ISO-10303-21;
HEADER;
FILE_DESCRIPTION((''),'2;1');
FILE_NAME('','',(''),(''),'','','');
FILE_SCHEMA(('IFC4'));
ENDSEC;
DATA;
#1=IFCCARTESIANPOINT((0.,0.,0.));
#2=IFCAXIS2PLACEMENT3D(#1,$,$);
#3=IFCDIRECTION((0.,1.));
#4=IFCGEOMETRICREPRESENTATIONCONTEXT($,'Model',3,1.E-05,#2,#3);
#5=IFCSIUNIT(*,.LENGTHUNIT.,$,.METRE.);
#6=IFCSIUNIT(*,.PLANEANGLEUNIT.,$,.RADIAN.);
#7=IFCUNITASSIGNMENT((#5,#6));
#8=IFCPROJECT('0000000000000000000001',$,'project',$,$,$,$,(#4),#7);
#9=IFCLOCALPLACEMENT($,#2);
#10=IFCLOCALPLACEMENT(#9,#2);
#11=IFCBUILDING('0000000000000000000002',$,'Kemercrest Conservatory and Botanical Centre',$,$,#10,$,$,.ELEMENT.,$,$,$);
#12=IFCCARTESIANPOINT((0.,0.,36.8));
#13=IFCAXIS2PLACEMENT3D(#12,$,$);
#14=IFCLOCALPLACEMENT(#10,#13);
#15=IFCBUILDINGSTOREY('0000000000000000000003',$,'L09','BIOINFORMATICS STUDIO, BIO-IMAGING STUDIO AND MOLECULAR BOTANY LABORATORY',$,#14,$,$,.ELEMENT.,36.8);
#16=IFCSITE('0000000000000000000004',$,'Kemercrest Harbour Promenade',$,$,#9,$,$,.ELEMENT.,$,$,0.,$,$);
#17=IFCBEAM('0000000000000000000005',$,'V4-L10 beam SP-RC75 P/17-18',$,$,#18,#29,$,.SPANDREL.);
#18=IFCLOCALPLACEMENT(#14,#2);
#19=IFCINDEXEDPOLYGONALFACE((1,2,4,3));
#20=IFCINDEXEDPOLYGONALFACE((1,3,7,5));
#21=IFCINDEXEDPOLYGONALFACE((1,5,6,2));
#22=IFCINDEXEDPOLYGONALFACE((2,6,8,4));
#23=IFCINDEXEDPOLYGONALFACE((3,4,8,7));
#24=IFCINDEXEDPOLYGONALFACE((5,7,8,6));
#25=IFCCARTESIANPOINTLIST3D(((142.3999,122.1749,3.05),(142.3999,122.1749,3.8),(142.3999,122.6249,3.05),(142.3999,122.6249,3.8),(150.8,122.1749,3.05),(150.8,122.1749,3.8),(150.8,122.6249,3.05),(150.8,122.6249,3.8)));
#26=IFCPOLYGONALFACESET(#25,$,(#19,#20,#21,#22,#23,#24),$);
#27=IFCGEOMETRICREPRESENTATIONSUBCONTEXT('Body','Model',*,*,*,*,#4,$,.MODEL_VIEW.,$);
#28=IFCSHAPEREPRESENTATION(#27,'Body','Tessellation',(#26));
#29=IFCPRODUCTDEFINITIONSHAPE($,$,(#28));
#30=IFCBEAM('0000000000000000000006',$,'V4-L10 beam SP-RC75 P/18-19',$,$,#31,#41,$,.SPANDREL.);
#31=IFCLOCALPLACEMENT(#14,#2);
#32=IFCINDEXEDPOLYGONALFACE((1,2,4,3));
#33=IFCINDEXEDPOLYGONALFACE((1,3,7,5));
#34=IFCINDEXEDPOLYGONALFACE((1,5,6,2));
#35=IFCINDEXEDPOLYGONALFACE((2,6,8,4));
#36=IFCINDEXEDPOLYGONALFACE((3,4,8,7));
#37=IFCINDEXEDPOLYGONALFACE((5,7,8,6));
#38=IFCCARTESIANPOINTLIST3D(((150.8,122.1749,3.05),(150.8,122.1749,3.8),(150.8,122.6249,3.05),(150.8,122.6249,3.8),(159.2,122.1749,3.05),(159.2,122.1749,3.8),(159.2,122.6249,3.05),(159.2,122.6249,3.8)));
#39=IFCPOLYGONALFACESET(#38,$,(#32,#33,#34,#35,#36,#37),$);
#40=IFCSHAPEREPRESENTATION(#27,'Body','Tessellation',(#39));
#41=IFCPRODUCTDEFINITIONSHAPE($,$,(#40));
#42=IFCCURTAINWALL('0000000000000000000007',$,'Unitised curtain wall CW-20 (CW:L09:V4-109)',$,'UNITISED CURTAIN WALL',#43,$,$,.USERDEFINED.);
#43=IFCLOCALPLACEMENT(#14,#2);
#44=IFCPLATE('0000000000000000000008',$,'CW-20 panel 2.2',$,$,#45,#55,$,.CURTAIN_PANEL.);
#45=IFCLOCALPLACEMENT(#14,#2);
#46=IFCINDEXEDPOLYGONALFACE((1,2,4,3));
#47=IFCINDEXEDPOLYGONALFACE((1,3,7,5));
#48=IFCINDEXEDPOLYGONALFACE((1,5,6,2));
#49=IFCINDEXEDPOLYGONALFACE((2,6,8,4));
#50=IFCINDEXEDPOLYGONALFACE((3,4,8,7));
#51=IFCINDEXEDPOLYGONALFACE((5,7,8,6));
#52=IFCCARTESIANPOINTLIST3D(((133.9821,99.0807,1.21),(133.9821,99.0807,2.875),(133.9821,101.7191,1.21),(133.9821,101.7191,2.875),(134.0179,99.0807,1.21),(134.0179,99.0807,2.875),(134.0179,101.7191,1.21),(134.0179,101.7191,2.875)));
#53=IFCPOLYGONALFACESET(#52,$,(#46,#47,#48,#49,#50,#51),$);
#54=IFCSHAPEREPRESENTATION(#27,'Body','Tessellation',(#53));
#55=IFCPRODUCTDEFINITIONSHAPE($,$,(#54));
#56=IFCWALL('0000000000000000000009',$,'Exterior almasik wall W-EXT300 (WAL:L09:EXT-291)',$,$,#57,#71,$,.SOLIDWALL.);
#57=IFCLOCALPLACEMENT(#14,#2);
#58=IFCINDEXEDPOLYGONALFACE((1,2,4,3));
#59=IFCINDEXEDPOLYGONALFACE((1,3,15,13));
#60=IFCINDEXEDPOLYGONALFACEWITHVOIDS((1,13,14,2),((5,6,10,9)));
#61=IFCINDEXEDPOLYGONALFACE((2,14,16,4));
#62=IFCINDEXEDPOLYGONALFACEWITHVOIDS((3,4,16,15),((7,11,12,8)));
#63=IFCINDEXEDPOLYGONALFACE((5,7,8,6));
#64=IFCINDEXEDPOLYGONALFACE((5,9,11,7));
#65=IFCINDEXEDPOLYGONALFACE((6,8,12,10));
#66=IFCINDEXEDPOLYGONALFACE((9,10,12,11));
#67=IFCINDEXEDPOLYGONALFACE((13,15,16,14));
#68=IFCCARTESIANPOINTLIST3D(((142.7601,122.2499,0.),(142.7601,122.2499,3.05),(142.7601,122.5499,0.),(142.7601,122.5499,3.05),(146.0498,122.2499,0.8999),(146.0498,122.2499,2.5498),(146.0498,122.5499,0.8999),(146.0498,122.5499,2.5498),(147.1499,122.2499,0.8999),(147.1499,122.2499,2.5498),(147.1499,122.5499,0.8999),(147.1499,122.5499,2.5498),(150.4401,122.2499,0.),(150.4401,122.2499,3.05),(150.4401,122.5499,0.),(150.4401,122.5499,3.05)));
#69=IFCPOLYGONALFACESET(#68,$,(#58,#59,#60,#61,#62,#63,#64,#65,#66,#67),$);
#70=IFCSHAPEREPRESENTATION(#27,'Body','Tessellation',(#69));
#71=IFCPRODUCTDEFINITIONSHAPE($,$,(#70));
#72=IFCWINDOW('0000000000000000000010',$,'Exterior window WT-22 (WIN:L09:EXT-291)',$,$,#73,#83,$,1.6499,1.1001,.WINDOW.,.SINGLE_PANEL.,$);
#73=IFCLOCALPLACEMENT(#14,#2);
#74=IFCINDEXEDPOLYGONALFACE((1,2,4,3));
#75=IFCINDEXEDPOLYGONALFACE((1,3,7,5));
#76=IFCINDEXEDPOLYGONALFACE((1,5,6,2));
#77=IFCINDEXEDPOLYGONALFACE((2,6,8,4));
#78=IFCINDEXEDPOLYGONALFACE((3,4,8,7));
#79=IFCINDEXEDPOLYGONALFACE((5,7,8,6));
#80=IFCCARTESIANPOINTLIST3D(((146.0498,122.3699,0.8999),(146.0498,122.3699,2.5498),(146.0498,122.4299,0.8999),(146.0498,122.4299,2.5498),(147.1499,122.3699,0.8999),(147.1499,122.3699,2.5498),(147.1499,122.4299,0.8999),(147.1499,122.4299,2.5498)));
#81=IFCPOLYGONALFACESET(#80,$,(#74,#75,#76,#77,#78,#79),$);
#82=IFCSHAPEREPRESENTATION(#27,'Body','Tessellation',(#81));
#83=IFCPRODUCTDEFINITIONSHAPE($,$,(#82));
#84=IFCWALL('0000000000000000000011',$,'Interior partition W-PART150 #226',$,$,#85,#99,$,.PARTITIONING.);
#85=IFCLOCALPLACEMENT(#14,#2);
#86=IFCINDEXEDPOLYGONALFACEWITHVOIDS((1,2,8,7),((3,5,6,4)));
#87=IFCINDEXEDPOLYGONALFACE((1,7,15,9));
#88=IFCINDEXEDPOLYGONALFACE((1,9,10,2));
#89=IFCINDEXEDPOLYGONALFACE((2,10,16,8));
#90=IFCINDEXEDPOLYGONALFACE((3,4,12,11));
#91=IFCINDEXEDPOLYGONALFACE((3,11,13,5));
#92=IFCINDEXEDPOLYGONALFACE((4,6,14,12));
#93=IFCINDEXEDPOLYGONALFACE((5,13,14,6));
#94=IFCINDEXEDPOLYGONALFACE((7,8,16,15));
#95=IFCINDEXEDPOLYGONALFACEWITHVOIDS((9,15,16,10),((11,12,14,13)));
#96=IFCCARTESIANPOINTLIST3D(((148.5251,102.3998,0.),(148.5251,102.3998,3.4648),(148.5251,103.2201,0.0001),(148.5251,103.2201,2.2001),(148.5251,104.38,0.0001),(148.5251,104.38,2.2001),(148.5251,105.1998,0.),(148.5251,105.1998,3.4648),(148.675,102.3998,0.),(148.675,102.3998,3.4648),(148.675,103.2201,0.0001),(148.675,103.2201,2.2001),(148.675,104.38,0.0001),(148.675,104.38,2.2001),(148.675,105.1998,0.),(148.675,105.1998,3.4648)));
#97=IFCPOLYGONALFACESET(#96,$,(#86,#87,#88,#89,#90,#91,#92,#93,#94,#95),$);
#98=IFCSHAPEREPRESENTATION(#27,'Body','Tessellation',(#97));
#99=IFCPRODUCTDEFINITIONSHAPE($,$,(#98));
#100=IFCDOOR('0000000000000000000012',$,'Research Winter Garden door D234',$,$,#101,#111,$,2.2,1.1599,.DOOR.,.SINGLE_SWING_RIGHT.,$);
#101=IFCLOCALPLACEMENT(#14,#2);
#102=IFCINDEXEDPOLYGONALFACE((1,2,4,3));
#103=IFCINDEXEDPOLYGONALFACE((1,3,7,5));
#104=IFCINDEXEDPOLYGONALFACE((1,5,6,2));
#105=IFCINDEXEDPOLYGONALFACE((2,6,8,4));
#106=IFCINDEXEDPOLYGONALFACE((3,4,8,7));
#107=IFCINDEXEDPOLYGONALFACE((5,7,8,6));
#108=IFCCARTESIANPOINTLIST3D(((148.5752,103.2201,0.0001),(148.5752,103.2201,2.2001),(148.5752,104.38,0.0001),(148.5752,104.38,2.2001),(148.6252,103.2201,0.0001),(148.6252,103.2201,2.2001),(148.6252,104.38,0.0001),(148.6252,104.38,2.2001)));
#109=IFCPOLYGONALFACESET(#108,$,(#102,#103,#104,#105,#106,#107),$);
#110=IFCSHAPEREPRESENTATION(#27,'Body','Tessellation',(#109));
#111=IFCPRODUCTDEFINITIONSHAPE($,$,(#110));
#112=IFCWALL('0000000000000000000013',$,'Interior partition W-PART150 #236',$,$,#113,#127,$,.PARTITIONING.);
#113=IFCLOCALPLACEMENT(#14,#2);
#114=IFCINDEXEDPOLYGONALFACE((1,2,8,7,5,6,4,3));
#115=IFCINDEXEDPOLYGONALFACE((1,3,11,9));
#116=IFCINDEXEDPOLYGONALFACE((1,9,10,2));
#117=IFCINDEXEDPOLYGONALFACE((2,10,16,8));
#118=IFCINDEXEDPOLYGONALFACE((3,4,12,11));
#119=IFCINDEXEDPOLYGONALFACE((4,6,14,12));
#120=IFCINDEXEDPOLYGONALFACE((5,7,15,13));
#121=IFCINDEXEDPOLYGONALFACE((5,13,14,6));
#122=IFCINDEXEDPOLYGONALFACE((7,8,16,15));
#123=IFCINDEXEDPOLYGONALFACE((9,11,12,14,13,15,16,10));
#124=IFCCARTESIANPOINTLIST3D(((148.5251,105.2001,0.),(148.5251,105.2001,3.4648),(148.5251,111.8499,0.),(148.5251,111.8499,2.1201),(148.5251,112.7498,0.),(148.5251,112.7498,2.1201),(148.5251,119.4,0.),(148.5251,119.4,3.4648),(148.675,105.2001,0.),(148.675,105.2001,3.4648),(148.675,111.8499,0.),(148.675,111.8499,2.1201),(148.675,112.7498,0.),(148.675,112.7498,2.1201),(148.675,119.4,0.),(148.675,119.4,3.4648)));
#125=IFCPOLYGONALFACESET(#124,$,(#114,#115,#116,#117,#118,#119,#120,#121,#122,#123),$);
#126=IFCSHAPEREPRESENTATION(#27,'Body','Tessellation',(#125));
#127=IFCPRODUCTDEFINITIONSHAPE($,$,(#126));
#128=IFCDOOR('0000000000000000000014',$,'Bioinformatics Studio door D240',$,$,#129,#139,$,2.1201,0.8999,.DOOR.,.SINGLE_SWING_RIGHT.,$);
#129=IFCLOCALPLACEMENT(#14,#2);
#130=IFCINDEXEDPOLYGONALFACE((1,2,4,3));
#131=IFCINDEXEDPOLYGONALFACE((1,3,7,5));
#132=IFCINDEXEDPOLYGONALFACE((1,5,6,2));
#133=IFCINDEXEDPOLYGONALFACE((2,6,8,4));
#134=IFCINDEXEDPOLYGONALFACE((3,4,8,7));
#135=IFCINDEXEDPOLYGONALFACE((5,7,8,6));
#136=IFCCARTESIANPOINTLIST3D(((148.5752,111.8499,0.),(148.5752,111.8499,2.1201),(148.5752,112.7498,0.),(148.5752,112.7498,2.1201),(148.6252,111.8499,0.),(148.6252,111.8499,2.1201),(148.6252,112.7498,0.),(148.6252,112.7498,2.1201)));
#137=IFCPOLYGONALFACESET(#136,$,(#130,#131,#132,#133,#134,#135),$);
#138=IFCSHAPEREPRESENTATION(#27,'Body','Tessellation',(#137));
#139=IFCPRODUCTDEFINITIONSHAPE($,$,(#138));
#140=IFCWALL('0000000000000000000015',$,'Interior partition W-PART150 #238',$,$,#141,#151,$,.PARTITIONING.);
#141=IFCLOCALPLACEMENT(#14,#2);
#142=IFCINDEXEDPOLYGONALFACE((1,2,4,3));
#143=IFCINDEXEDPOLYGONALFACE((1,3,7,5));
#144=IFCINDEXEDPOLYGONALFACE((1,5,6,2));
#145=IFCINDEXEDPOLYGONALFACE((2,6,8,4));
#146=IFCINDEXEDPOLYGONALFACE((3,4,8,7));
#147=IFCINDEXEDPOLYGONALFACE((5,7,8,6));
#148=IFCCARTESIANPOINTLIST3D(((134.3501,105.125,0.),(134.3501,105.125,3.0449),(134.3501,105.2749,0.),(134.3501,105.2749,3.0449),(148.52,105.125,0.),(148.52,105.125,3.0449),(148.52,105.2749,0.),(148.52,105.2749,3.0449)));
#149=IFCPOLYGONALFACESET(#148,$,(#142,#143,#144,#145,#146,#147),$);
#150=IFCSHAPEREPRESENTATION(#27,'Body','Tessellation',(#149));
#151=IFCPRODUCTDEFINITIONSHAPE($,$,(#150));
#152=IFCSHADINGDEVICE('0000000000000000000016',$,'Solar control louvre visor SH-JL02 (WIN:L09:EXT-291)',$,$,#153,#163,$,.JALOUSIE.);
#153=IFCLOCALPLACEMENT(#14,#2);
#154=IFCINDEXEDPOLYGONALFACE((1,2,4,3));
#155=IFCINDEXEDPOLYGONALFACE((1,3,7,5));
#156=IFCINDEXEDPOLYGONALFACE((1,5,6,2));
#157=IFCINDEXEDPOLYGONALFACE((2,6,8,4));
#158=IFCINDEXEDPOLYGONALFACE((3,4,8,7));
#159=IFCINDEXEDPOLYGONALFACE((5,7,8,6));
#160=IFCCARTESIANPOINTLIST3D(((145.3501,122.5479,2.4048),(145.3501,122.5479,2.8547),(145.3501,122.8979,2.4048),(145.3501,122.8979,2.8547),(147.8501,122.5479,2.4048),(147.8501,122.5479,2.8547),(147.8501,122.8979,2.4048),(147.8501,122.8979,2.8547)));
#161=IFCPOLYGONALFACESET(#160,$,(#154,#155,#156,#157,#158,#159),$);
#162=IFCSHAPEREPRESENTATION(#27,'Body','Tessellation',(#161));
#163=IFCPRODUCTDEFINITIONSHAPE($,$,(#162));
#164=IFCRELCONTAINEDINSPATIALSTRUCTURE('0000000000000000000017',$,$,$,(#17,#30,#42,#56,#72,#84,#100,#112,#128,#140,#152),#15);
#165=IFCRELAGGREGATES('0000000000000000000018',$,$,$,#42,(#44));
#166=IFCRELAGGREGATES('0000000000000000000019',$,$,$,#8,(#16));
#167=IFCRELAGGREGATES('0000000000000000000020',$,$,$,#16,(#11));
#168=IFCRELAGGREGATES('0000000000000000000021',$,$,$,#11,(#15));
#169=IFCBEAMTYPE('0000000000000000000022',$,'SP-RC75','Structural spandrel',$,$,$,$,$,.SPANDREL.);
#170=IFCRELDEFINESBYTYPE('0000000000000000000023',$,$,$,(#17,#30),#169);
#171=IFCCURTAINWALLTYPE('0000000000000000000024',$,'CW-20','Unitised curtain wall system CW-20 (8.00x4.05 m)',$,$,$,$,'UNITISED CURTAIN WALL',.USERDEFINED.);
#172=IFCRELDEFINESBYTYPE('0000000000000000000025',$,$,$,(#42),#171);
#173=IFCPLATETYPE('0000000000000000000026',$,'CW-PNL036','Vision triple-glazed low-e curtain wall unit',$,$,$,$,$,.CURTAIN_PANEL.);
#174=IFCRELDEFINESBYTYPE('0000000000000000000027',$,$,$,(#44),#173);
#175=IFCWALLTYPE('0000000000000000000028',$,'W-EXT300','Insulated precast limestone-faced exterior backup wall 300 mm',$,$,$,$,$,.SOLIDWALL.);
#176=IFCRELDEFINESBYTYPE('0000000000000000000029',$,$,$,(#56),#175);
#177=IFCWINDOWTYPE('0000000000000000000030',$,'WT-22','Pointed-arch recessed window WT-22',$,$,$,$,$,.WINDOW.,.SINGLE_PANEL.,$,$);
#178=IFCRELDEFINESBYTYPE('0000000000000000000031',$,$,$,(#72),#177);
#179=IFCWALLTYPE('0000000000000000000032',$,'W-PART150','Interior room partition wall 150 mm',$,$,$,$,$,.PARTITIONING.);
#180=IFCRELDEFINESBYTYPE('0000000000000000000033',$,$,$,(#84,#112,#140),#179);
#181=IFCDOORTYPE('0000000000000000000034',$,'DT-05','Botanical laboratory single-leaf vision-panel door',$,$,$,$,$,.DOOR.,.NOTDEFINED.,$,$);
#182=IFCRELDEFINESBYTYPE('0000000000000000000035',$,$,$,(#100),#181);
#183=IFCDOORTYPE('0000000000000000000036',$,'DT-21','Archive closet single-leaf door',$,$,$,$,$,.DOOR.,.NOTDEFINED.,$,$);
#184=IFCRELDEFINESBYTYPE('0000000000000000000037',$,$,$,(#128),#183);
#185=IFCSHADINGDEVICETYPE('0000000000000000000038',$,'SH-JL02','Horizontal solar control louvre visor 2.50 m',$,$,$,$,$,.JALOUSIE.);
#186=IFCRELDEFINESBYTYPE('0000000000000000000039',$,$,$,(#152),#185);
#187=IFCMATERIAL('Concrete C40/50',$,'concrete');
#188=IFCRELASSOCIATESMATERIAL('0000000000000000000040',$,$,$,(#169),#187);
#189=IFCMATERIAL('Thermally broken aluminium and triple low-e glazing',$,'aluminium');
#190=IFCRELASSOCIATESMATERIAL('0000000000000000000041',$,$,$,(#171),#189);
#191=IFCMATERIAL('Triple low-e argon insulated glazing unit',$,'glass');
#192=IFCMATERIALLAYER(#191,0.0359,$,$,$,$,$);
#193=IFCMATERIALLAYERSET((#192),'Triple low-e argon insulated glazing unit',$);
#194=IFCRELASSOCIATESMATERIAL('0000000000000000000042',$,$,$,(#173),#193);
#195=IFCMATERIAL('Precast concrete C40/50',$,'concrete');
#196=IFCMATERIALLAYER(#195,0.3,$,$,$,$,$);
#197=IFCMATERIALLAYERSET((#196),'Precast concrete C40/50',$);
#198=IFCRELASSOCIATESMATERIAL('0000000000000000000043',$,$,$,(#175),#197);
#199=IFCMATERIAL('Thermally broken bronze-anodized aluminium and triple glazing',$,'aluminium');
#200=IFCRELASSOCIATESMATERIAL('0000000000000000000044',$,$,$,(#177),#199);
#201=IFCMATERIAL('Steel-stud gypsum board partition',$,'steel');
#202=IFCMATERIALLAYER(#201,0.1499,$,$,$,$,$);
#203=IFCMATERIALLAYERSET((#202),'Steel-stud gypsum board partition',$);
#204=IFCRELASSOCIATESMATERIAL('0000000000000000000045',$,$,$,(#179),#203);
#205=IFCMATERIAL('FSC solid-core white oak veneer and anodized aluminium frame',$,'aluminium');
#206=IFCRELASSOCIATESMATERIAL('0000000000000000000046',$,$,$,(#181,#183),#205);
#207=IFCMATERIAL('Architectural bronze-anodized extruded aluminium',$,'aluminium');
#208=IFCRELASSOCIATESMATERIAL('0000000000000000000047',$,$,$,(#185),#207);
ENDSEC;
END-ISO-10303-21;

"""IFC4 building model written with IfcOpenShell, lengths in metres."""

from ifc_helpers import new_model, si_unit, direction, frame, frame_2d, origin, origin_2d, place, context, subcontext, project, spatial, rectangle, extrude, material, layer, layer_set, material_profile, profile_set, type_object, element, fill, aggregate, save


model = new_model("IFC4")

# Units and contexts
model_context = context("Model", 3, precision=1e-05, world=origin(), true_north=direction((0.0, 1.0)))
body_context = subcontext(model_context, "Body", "Model", "MODEL_VIEW")
ifc_project = project(units=[si_unit("LENGTHUNIT", "METRE"), si_unit("PLANEANGLEUNIT", "RADIAN")], contexts=[model_context])

# Site, building, storey
site_placement = place(None, origin())
site = spatial("IfcSite", under=ifc_project, at=site_placement, Name="Kemercrest Harbour Promenade", CompositionType="ELEMENT", RefElevation=0.0)
building_placement = place(site_placement, origin())
building = spatial("IfcBuilding", under=site, at=building_placement, Name="Kemercrest Conservatory and Botanical Centre", CompositionType="ELEMENT")
storey_placement = place(building_placement, frame((0.0, 0.0, 36.8)))
storey = spatial("IfcBuildingStorey", under=building, at=storey_placement, Name="L09", Description="BIOINFORMATICS STUDIO, BIO-IMAGING STUDIO AND MOLECULAR BOTANY LABORATORY", CompositionType="ELEMENT", Elevation=36.8)

# Beams
ifc_material_1 = material(Name="Concrete C40/50", Category="concrete")
ifc_material_profile_1 = material_profile(ifc_material_1, rectangle(XDim=0.45, YDim=0.75, at=origin_2d()), Name="RC 450x750")
ifc_profile_set_1 = profile_set([ifc_material_profile_1], Name="Concrete C40/50")
beam_type_1 = type_object("IfcBeamType", Name="SP-RC75", Description="Structural spandrel", PredefinedType="SPANDREL", material=ifc_profile_set_1)
beam_1_placement = place(storey_placement, frame((142.3999, 122.3999, 3.425), z_axis=(1.0, 0.0, 0.0), x_axis=(0.0, 1.0, 0.0)))
element("IfcBeam", 1, at=beam_1_placement, inside=storey, type_object=beam_type_1, Name="V4-L10 beam SP-RC75 P/17-18", PredefinedType="SPANDREL", context=body_context, shape_type="SweptSolid", body=[
    extrude(rectangle(XDim=0.45, YDim=0.75, at=origin_2d()), origin(), (0.0, 0.0, 1.0), 8.4001),
])
beam_2_placement = place(storey_placement, frame((150.8, 122.3999, 3.425), z_axis=(1.0, 0.0, 0.0), x_axis=(0.0, 1.0, 0.0)))
element("IfcBeam", 2, at=beam_2_placement, inside=storey, type_object=beam_type_1, Name="V4-L10 beam SP-RC75 P/18-19", PredefinedType="SPANDREL", context=body_context, shape_type="SweptSolid", body=[
    extrude(rectangle(XDim=0.45, YDim=0.75, at=origin_2d()), origin(), (0.0, 0.0, 1.0), 8.3999),
])

# Curtain wall, plate
ifc_material_2 = material(Name="Thermally broken aluminium and triple low-e glazing", Category="aluminium")
curtain_wall_type = type_object("IfcCurtainWallType", Name="CW-20", Description="Unitised curtain wall system CW-20 (8.00x4.05 m)", ElementType="UNITISED CURTAIN WALL", PredefinedType="USERDEFINED", material=ifc_material_2)
curtain_wall_placement = place(storey_placement, origin())
curtain_wall = element("IfcCurtainWall", 3, at=curtain_wall_placement, inside=storey, type_object=curtain_wall_type, Name="Unitised curtain wall CW-20 (CW:L09:V4-109)", ObjectType="UNITISED CURTAIN WALL", PredefinedType="USERDEFINED")
ifc_material_3 = material(Name="Triple low-e argon insulated glazing unit", Category="glass")
ifc_layer_1 = layer(ifc_material_3, 0.0359)
ifc_layer_set_1 = layer_set([ifc_layer_1], Name="Triple low-e argon insulated glazing unit")
plate_type = type_object("IfcPlateType", Name="CW-PNL036", Description="Vision triple-glazed low-e curtain wall unit", PredefinedType="CURTAIN_PANEL", material=ifc_layer_set_1)
plate_placement = place(storey_placement, frame((134.0, 100.3999, 1.21), z_axis=(0.0, 0.0, 1.0), x_axis=(0.0, -1.0, 0.0)))
plate = element("IfcPlate", 4, at=plate_placement, type_object=plate_type, Name="CW-20 panel 2.2", PredefinedType="CURTAIN_PANEL", context=body_context, shape_type="SweptSolid", body=[
    extrude(rectangle(XDim=2.6384, YDim=0.0359, at=origin_2d()), origin(), (0.0, 0.0, 1.0), 1.665),
])
aggregate(curtain_wall, [plate])

# Wall, opening, window
ifc_material_4 = material(Name="Precast concrete C40/50", Category="concrete")
ifc_layer_2 = layer(ifc_material_4, 0.3)
ifc_layer_set_2 = layer_set([ifc_layer_2], Name="Precast concrete C40/50")
wall_type_1 = type_object("IfcWallType", Name="W-EXT300", Description="Insulated precast limestone-faced exterior backup wall 300 mm", PredefinedType="SOLIDWALL", material=ifc_layer_set_2)
wall_1_placement = place(storey_placement, frame((150.4399, 122.3999, 0.0), z_axis=(0.0, 0.0, 1.0), x_axis=(-1.0, 0.0, 0.0)))
wall_1 = element("IfcWall", 5, at=wall_1_placement, inside=storey, type_object=wall_type_1, Name="Exterior almasik wall W-EXT300 (WAL:L09:EXT-291)", PredefinedType="SOLIDWALL", context=body_context, shape_type="SweptSolid", body=[
    extrude(rectangle(XDim=7.6799, YDim=0.3, at=frame_2d((3.8398, 0.0))), origin(), (0.0, 0.0, 1.0), 3.05),
])
opening_1_placement = place(wall_1_placement, frame((3.29, 0.0, 0.8999)))
opening_1 = element("IfcOpeningElement", 6, at=opening_1_placement, cuts=wall_1, PredefinedType="OPENING", context=body_context, shape_type="SweptSolid", body=[
    extrude(rectangle(XDim=1.1001, YDim=1.6499, at=frame_2d((0.55, 0.825))), frame((0.0, 0.1602, 0.0), z_axis=(0.0, -1.0, 0.0), x_axis=(1.0, 0.0, 0.0)), (0.0, 0.0, 1.0), 0.3201),
])
ifc_material_5 = material(Name="Thermally broken bronze-anodized aluminium and triple glazing", Category="aluminium")
window_type_1 = type_object("IfcWindowType", Name="WT-22", Description="Pointed-arch recessed window WT-22", PartitioningType="SINGLE_PANEL", PredefinedType="WINDOW", material=ifc_material_5)
window_1_placement = place(opening_1_placement, origin())
window_1 = element("IfcWindow", 7, at=window_1_placement, inside=storey, type_object=window_type_1, Name="Exterior window WT-22 (WIN:L09:EXT-291)", OverallHeight=1.6499, OverallWidth=1.1001, PartitioningType="SINGLE_PANEL", PredefinedType="WINDOW", context=body_context, shape_type="SweptSolid", body=[
    extrude(rectangle(XDim=1.1001, YDim=1.6499, at=frame_2d((0.55, 0.825))), frame((0.0, 0.03, 0.0), z_axis=(0.0, -1.0, 0.0), x_axis=(1.0, 0.0, 0.0)), (0.0, 0.0, 1.0), 0.0601),
])
fill(opening_1, window_1)

# Walls, openings, doors
ifc_material_6 = material(Name="Steel-stud gypsum board partition", Category="steel")
ifc_layer_3 = layer(ifc_material_6, 0.1499)
ifc_layer_set_3 = layer_set([ifc_layer_3], Name="Steel-stud gypsum board partition")
wall_type_2 = type_object("IfcWallType", Name="W-PART150", Description="Interior room partition wall 150 mm", PredefinedType="PARTITIONING", material=ifc_layer_set_3)
wall_2_placement = place(storey_placement, frame((148.6001, 102.3999, 0.0), z_axis=(0.0, 0.0, 1.0), x_axis=(0.0, 1.0, 0.0)))
wall_2 = element("IfcWall", 8, at=wall_2_placement, inside=storey, type_object=wall_type_2, Name="Interior partition W-PART150 #226", PredefinedType="PARTITIONING", context=body_context, shape_type="SweptSolid", body=[
    extrude(rectangle(XDim=2.8, YDim=0.1499, at=frame_2d((1.3999, 0.0))), origin(), (0.0, 0.0, 1.0), 3.4648),
])
opening_2_placement = place(wall_2_placement, frame((0.8201, 0.0, 0.0)))
opening_2 = element("IfcOpeningElement", 9, at=opening_2_placement, cuts=wall_2, PredefinedType="OPENING", context=body_context, shape_type="SweptSolid", body=[
    extrude(rectangle(XDim=1.1599, YDim=2.2, at=frame_2d((0.5801, 1.1001))), frame((0.0, 0.085, 0.0), z_axis=(0.0, -1.0, 0.0), x_axis=(1.0, 0.0, 0.0)), (0.0, 0.0, 1.0), 0.1699),
])
ifc_material_7 = material(Name="FSC solid-core white oak veneer and anodized aluminium frame", Category="aluminium")
door_type_1 = type_object("IfcDoorType", Name="DT-05", Description="Botanical laboratory single-leaf vision-panel door", OperationType="NOTDEFINED", PredefinedType="DOOR", material=ifc_material_7)
door_1_placement = place(opening_2_placement, origin())
door_1 = element("IfcDoor", 10, at=door_1_placement, inside=storey, type_object=door_type_1, Name="Research Winter Garden door D234", OperationType="SINGLE_SWING_RIGHT", OverallHeight=2.2, OverallWidth=1.1599, PredefinedType="DOOR", context=body_context, shape_type="SweptSolid", body=[
    extrude(rectangle(XDim=1.1599, YDim=2.2, at=frame_2d((0.5801, 1.1001))), frame((0.0, 0.0249, 0.0), z_axis=(0.0, -1.0, 0.0), x_axis=(1.0, 0.0, 0.0)), (0.0, 0.0, 1.0), 0.05),
])
fill(opening_2, door_1)
wall_3_placement = place(storey_placement, frame((148.6001, 105.2, 0.0), z_axis=(0.0, 0.0, 1.0), x_axis=(0.0, 1.0, 0.0)))
wall_3 = element("IfcWall", 11, at=wall_3_placement, inside=storey, type_object=wall_type_2, Name="Interior partition W-PART150 #236", PredefinedType="PARTITIONING", context=body_context, shape_type="SweptSolid", body=[
    extrude(rectangle(XDim=14.2, YDim=0.1499, at=frame_2d((7.1001, 0.0))), origin(), (0.0, 0.0, 1.0), 3.4648),
])
opening_3_placement = place(wall_3_placement, frame((6.6499, 0.0, 0.0)))
opening_3 = element("IfcOpeningElement", 12, at=opening_3_placement, cuts=wall_3, PredefinedType="OPENING", context=body_context, shape_type="SweptSolid", body=[
    extrude(rectangle(XDim=0.8999, YDim=2.1201, at=frame_2d((0.45, 1.0601))), frame((0.0, 0.085, 0.0), z_axis=(0.0, -1.0, 0.0), x_axis=(1.0, 0.0, 0.0)), (0.0, 0.0, 1.0), 0.1699),
])
door_type_2 = type_object("IfcDoorType", Name="DT-21", Description="Archive closet single-leaf door", OperationType="NOTDEFINED", PredefinedType="DOOR", material=ifc_material_7)
door_2_placement = place(opening_3_placement, origin())
door_2 = element("IfcDoor", 13, at=door_2_placement, inside=storey, type_object=door_type_2, Name="Bioinformatics Studio door D240", OperationType="SINGLE_SWING_RIGHT", OverallHeight=2.1201, OverallWidth=0.8999, PredefinedType="DOOR", context=body_context, shape_type="SweptSolid", body=[
    extrude(rectangle(XDim=0.8999, YDim=2.1201, at=frame_2d((0.45, 1.0601))), frame((0.0, 0.0249, 0.0), z_axis=(0.0, -1.0, 0.0), x_axis=(1.0, 0.0, 0.0)), (0.0, 0.0, 1.0), 0.05),
])
fill(opening_3, door_2)

# Wall
wall_4_placement = place(storey_placement, frame((134.3501, 105.2, 0.0), z_axis=(0.0, 0.0, 1.0), x_axis=(1.0, 0.0, 0.0)))
element("IfcWall", 14, at=wall_4_placement, inside=storey, type_object=wall_type_2, Name="Interior partition W-PART150 #238", PredefinedType="PARTITIONING", context=body_context, shape_type="SweptSolid", body=[
    extrude(rectangle(XDim=14.1699, YDim=0.1499, at=frame_2d((7.085, 0.0))), origin(), (0.0, 0.0, 1.0), 3.0449),
])

# Shading device
ifc_material_8 = material(Name="Architectural bronze-anodized extruded aluminium", Category="aluminium")
shading_device_type_1 = type_object("IfcShadingDeviceType", Name="SH-JL02", Description="Horizontal solar control louvre visor 2.50 m", PredefinedType="JALOUSIE", material=ifc_material_8)
shading_device_1_placement = place(storey_placement, frame((146.6001, 122.7229, 2.4048), z_axis=(0.0, 0.0, 1.0), x_axis=(-1.0, 0.0, 0.0)))
element("IfcShadingDevice", 15, at=shading_device_1_placement, inside=storey, type_object=shading_device_type_1, Name="Solar control louvre visor SH-JL02 (WIN:L09:EXT-291)", PredefinedType="JALOUSIE", context=body_context, shape_type="SweptSolid", body=[
    extrude(rectangle(XDim=2.5, YDim=0.3501, at=origin_2d()), origin(), (0.0, 0.0, 1.0), 0.45),
])

save(model, "model.ifc")
